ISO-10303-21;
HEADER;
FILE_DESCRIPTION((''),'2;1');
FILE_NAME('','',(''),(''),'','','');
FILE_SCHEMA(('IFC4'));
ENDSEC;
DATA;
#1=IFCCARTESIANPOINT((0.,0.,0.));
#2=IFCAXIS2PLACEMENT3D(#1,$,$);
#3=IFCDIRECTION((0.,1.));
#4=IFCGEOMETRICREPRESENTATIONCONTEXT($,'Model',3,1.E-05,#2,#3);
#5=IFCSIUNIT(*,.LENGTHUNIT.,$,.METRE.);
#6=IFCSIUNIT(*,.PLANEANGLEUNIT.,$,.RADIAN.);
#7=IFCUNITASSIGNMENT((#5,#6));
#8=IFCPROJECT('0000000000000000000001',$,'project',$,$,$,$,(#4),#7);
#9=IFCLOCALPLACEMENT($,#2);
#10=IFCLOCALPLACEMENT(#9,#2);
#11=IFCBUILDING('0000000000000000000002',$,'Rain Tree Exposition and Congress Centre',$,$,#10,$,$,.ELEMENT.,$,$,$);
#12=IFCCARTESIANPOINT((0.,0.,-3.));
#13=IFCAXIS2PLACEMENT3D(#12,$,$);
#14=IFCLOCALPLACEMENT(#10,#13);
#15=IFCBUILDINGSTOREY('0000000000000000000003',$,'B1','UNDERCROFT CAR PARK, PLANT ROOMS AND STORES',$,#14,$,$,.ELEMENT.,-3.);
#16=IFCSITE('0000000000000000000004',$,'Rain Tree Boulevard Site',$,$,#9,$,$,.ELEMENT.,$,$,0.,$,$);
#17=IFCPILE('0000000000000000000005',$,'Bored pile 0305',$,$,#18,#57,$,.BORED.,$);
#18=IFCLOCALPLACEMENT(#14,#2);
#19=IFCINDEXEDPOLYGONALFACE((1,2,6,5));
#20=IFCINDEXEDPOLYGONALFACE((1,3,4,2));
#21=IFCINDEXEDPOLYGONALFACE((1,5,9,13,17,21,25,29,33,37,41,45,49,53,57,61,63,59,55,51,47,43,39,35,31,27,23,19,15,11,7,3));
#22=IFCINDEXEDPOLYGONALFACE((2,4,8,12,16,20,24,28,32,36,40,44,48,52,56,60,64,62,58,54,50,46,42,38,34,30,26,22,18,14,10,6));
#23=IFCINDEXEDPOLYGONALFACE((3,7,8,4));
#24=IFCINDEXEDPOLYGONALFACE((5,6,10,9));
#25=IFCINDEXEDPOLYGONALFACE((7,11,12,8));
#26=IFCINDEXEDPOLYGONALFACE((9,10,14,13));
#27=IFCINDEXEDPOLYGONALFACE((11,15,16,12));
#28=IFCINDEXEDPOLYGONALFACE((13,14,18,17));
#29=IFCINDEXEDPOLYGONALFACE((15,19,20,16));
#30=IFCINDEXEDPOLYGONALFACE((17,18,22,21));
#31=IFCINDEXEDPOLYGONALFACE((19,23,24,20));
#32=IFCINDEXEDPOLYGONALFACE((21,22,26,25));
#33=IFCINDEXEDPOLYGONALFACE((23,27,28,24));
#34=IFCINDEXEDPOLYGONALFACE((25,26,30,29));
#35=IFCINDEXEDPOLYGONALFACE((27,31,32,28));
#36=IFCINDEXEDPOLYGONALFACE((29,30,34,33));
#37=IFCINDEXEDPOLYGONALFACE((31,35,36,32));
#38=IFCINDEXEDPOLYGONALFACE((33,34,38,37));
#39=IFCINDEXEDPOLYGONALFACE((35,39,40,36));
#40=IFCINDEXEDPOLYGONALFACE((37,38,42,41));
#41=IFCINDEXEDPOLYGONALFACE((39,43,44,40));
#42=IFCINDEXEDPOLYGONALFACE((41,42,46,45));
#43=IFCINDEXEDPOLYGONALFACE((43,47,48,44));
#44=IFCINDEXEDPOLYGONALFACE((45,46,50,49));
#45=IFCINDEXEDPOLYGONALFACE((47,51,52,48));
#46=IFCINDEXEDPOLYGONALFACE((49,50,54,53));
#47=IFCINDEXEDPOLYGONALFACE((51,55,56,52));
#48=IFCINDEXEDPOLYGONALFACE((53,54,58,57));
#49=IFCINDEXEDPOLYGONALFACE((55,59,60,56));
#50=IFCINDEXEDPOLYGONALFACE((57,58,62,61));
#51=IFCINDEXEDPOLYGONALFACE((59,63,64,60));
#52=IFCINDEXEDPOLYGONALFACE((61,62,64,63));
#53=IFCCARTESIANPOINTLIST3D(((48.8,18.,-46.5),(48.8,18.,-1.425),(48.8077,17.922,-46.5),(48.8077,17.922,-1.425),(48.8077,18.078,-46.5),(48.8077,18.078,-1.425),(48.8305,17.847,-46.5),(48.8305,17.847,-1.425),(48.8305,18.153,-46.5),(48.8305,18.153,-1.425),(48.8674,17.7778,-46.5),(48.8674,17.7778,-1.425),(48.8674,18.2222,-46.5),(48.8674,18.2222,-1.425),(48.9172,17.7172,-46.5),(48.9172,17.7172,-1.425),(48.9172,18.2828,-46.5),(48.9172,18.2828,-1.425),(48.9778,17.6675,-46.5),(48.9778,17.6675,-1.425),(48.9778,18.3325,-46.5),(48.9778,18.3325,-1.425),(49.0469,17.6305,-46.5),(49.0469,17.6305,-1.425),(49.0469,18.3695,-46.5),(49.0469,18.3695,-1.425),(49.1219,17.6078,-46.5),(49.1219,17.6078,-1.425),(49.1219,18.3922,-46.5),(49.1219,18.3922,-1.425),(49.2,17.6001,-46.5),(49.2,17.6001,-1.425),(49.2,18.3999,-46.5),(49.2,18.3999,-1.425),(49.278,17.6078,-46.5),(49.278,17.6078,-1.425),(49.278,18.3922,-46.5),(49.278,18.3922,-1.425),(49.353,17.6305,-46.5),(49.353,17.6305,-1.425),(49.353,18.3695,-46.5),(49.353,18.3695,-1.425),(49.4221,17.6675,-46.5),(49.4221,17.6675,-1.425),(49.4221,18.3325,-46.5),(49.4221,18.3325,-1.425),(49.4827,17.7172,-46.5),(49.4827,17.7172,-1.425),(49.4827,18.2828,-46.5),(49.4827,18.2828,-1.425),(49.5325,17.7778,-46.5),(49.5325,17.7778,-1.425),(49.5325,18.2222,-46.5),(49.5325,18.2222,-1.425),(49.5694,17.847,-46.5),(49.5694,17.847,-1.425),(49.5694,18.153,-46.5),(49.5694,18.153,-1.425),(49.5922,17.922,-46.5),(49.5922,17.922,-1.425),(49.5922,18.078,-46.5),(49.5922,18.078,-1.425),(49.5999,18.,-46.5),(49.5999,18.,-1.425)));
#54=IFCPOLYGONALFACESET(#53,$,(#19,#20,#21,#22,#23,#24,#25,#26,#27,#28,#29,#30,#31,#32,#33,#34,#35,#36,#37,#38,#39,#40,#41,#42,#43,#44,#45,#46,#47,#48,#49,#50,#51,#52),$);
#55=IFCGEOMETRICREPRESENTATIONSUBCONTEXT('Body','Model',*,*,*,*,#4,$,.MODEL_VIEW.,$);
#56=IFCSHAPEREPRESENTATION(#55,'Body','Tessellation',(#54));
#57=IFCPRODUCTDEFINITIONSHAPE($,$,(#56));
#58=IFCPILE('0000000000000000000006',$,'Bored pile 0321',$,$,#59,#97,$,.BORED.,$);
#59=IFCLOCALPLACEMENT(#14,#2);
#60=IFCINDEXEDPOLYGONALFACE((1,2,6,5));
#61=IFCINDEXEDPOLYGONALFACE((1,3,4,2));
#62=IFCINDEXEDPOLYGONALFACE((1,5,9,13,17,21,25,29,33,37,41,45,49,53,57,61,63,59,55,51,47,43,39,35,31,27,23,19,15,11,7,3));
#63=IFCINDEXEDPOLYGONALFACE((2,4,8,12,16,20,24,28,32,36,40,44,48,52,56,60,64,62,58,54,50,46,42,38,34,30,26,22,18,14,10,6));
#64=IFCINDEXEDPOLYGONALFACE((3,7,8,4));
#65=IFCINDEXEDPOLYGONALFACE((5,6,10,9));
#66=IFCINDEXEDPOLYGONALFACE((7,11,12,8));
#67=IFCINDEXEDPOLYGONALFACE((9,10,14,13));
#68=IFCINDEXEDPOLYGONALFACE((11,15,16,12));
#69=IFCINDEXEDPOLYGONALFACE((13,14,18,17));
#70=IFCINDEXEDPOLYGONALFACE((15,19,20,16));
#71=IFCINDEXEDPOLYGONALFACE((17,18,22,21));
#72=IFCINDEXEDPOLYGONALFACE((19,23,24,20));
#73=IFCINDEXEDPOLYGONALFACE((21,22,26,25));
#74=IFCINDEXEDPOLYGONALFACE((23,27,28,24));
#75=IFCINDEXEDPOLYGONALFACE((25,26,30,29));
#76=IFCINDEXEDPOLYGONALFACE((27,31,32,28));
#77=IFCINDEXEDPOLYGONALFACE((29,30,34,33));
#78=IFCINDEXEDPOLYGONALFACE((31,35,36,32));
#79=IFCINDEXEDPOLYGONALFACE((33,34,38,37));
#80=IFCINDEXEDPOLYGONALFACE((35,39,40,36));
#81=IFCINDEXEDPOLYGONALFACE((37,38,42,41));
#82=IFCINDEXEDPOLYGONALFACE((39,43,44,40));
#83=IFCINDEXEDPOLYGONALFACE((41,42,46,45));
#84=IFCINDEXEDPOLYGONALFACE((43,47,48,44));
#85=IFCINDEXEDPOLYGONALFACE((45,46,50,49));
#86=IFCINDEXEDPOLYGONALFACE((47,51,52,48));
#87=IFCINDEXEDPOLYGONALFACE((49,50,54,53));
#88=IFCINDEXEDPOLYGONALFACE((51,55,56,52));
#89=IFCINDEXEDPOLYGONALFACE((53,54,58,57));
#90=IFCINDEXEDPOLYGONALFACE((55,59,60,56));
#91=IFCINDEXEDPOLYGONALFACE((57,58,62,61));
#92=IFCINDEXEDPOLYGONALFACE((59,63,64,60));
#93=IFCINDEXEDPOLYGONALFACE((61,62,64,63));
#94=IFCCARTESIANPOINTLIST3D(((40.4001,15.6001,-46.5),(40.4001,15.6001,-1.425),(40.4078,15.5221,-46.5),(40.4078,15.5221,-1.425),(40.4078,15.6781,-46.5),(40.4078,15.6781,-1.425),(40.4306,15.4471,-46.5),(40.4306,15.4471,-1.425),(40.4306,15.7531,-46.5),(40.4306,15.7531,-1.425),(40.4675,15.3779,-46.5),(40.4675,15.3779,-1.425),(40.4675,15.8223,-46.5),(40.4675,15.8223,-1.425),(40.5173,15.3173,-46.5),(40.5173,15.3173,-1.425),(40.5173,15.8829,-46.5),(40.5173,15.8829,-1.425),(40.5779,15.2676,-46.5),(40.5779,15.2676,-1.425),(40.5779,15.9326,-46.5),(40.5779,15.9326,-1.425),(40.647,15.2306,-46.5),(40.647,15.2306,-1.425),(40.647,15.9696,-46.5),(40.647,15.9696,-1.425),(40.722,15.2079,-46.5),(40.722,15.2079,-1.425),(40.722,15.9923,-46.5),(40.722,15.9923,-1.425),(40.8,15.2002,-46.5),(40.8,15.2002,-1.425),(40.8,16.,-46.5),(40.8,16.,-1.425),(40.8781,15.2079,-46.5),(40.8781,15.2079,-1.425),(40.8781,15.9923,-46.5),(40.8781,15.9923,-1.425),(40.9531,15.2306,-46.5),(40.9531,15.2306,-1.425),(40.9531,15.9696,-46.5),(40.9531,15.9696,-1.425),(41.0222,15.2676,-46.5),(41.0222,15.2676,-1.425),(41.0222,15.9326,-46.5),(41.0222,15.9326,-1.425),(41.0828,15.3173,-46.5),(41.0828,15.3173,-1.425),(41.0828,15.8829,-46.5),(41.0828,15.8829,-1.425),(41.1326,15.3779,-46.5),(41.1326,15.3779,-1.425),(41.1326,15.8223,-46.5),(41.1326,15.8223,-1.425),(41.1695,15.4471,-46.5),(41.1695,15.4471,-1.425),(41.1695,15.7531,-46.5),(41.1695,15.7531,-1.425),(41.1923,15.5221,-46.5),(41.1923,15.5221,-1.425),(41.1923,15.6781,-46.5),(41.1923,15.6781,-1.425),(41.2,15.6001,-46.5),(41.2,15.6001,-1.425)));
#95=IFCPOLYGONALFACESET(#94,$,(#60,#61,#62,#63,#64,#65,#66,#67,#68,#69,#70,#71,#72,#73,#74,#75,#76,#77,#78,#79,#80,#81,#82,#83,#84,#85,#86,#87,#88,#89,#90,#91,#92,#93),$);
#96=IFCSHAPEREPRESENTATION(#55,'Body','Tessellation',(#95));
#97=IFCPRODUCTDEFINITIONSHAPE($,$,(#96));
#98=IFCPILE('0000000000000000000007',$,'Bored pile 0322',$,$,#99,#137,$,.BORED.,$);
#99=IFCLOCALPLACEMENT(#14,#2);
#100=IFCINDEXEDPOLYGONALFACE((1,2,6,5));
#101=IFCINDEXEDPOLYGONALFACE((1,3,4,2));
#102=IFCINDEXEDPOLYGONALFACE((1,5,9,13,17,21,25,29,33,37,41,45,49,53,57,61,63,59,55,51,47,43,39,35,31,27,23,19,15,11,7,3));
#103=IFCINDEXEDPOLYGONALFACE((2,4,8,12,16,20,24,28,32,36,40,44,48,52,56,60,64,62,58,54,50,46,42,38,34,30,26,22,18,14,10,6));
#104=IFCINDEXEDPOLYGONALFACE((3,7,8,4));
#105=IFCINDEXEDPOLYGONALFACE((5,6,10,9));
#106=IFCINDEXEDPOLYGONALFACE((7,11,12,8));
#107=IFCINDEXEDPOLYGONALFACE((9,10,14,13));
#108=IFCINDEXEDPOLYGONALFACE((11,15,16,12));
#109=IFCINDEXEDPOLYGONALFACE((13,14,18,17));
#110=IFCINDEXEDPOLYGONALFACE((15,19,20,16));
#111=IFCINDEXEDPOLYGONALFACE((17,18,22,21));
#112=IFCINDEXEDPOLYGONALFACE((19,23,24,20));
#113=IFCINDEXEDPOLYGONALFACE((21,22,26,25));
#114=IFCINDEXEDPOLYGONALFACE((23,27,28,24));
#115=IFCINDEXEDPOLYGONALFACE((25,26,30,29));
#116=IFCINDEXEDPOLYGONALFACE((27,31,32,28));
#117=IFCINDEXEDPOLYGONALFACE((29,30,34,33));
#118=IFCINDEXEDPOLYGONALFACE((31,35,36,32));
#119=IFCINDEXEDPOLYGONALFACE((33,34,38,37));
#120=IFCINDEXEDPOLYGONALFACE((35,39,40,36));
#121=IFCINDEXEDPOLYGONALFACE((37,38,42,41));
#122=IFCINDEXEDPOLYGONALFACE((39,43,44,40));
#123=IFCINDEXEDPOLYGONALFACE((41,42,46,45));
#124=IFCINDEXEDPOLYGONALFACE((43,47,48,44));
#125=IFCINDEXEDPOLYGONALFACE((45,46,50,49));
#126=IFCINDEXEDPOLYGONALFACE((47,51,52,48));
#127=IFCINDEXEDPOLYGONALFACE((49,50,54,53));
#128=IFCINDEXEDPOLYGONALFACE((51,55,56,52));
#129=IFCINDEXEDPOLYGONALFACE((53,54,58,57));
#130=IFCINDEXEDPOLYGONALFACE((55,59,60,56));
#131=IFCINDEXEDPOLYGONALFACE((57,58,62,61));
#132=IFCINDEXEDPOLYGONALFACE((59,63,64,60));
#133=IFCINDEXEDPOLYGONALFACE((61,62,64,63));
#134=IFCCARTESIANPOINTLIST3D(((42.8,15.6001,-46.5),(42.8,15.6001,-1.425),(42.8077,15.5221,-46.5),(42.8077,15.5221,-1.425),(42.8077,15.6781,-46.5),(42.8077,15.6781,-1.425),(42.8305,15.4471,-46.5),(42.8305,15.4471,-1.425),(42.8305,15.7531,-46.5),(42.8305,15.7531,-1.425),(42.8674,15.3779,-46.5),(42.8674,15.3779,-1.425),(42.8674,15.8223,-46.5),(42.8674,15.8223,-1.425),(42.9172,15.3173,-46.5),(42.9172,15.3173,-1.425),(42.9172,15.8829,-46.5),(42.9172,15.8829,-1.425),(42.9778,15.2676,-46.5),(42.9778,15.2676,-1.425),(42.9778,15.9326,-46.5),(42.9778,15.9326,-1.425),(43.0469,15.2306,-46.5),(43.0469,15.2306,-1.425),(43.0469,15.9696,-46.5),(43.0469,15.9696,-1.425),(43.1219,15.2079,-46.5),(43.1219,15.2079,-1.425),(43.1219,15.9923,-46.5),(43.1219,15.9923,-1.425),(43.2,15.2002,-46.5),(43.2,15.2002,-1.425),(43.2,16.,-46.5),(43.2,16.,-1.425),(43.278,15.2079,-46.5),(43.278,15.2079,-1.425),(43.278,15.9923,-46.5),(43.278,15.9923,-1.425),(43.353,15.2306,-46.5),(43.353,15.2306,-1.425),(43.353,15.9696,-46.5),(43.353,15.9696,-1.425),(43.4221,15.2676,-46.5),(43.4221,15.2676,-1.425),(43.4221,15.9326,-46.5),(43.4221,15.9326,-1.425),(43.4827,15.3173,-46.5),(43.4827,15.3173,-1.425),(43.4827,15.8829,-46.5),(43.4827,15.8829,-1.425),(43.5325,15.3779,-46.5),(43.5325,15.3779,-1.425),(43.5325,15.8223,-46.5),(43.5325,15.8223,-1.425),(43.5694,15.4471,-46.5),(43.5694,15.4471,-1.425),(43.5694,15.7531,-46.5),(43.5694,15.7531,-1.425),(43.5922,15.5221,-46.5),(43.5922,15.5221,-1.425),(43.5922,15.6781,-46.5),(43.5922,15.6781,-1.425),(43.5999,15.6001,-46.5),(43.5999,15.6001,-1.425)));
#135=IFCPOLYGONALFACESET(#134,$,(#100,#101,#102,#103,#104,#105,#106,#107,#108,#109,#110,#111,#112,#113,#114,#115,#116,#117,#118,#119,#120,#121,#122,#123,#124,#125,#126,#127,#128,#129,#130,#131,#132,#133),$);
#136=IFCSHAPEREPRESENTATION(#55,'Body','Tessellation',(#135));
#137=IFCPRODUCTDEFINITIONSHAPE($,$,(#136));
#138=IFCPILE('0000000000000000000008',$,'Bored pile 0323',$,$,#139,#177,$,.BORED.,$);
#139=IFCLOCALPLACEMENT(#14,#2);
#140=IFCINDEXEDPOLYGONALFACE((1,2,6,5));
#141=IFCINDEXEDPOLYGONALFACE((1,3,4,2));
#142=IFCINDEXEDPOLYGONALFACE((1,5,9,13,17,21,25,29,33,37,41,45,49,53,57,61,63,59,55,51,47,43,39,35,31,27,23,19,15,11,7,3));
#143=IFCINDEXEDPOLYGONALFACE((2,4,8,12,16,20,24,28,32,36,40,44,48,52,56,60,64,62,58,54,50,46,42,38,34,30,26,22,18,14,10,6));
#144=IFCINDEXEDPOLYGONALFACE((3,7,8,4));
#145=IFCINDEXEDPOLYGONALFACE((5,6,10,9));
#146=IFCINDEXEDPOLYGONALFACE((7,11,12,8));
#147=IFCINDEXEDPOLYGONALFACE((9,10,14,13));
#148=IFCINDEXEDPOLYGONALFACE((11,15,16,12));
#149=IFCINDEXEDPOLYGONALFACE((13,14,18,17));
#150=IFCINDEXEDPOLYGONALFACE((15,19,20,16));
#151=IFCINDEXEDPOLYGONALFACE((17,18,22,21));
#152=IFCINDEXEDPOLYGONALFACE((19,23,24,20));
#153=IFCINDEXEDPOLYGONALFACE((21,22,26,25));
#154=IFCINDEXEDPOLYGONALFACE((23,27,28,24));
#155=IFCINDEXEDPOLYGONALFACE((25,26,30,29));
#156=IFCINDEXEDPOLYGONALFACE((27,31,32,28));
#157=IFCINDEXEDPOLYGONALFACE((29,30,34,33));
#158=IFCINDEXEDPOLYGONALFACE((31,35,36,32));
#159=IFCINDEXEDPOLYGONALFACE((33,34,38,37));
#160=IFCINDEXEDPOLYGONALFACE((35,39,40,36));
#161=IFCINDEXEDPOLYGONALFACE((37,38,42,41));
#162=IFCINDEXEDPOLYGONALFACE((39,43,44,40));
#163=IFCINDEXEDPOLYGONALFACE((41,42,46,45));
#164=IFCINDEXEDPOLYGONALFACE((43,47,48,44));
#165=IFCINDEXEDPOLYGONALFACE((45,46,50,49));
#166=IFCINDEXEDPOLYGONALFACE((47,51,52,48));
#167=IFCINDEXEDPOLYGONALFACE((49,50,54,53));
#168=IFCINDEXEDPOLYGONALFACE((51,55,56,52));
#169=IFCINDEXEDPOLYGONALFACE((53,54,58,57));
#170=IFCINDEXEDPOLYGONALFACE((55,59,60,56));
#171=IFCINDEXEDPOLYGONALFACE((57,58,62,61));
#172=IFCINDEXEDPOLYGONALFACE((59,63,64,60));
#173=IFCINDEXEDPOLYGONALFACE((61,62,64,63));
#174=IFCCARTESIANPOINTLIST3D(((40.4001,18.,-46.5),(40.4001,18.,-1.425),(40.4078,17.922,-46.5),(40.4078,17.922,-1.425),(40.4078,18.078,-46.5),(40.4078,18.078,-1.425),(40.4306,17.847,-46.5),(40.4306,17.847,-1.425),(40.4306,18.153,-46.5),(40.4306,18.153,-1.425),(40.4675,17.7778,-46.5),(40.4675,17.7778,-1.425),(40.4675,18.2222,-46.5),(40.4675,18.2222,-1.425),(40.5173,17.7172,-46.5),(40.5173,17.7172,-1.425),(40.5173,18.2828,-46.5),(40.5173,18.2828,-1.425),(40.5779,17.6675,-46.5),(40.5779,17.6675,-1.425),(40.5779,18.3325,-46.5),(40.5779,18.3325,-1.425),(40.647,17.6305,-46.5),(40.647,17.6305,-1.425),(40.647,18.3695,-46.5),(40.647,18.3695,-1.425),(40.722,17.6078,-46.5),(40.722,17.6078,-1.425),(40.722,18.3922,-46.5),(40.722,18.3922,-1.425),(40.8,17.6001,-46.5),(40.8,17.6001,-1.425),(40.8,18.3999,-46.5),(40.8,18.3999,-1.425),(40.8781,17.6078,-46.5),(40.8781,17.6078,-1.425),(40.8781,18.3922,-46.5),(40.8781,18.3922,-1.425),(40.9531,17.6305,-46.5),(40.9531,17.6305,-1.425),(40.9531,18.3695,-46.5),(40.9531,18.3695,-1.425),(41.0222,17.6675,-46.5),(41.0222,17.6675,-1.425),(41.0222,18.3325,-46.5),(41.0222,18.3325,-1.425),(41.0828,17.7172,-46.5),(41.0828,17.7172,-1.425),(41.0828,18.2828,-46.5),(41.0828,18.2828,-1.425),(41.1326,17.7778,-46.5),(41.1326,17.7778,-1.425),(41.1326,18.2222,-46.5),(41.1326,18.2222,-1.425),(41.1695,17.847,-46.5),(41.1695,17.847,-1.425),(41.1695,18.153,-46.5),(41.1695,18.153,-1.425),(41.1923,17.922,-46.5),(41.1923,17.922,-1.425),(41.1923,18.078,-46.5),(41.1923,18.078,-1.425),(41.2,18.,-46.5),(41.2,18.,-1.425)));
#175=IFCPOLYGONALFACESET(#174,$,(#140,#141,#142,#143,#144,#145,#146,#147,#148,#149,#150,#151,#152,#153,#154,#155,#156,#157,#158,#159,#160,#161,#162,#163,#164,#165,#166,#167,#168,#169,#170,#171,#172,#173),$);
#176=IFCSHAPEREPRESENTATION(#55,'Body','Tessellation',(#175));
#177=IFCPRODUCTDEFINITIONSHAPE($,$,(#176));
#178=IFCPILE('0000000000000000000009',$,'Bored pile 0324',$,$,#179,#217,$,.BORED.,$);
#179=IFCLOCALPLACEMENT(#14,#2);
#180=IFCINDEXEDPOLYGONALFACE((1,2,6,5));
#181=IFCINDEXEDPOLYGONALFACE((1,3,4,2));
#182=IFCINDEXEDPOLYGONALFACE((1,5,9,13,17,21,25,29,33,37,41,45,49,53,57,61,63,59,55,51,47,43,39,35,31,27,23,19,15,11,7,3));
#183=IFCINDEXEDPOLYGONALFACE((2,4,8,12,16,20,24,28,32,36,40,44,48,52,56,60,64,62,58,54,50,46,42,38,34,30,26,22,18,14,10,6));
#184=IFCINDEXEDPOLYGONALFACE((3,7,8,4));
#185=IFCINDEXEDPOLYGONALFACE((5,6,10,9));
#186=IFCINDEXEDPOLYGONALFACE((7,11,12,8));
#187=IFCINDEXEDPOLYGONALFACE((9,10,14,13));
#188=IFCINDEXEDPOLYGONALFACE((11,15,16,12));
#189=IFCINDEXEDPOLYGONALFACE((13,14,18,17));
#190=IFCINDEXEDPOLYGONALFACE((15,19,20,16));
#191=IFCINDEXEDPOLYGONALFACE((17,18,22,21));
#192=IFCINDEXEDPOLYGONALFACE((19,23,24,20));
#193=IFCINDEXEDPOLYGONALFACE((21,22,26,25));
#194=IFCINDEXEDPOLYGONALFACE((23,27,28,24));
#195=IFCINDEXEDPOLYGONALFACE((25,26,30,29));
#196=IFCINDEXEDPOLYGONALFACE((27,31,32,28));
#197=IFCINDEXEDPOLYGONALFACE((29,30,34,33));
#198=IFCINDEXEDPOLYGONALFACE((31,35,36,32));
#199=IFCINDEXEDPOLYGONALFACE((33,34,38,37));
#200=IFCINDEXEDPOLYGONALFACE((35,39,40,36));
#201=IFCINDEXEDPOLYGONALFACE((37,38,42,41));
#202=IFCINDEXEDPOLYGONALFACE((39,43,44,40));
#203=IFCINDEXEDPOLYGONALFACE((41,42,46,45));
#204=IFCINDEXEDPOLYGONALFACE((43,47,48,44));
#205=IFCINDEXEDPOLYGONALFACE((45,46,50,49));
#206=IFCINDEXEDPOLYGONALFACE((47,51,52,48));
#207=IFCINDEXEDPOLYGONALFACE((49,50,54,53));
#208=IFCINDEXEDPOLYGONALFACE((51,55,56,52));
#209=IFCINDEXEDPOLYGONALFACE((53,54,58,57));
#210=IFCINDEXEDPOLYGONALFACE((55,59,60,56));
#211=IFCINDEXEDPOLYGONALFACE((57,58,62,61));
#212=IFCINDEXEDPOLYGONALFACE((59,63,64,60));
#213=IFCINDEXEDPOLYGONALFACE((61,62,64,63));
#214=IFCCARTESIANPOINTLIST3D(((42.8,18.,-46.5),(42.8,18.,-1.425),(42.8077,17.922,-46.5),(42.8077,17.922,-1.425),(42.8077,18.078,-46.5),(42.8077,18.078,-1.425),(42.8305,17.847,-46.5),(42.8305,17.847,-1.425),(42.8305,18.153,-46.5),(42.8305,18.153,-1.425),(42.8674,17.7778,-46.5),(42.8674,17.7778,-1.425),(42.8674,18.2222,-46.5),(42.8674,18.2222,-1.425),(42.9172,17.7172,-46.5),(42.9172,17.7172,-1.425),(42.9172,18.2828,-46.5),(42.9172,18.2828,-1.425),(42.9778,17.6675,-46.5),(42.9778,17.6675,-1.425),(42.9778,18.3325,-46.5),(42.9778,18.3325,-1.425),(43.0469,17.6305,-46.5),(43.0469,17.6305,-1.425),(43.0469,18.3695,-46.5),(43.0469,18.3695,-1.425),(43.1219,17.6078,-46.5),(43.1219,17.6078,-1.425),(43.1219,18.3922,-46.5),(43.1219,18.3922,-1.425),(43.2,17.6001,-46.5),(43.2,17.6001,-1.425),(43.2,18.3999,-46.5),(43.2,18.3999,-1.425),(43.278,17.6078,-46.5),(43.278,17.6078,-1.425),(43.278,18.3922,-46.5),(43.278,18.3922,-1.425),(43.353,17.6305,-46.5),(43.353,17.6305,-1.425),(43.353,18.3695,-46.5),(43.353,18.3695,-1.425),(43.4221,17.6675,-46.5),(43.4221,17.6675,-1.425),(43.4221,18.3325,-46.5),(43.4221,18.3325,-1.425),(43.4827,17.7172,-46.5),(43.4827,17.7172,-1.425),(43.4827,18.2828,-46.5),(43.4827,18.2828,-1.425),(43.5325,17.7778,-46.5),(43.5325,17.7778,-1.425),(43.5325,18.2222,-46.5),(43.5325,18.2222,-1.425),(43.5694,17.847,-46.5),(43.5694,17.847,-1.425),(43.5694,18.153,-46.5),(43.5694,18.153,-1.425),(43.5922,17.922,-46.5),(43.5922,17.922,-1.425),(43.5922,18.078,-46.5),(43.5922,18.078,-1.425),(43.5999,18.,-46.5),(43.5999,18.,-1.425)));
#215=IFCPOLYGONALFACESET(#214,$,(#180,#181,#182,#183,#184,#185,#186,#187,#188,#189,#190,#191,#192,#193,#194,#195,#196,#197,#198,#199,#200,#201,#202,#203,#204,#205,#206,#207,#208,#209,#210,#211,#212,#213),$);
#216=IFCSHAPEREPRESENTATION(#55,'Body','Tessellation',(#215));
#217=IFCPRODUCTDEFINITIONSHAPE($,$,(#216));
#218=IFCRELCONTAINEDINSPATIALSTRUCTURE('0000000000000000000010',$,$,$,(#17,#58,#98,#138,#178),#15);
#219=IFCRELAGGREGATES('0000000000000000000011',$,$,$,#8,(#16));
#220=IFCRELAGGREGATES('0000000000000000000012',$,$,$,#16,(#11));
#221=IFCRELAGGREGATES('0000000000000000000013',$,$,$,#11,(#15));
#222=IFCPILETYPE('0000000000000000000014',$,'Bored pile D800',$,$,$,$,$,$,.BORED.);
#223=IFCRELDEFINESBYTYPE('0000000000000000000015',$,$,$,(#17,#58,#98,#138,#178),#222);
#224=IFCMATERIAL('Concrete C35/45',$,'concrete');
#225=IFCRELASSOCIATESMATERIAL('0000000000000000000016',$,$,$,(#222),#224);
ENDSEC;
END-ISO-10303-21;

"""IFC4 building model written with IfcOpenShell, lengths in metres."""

from ifc_helpers import new_model, si_unit, direction, frame, origin, origin_2d, place, context, subcontext, project, spatial, circle, extrude, material, material_profile, profile_set, type_object, element, save


model = new_model("IFC4")

# Units and contexts
model_context = context("Model", 3, precision=1e-05, world=origin(), true_north=direction((0.0, 1.0)))
body_context = subcontext(model_context, "Body", "Model", "MODEL_VIEW")
ifc_project = project(units=[si_unit("LENGTHUNIT", "METRE"), si_unit("PLANEANGLEUNIT", "RADIAN")], contexts=[model_context])

# Site, building, storey
site_placement = place(None, origin())
site = spatial("IfcSite", under=ifc_project, at=site_placement, Name="Rain Tree Boulevard Site", CompositionType="ELEMENT", RefElevation=0.0)
building_placement = place(site_placement, origin())
building = spatial("IfcBuilding", under=site, at=building_placement, Name="Rain Tree Exposition and Congress Centre", CompositionType="ELEMENT")
storey_placement = place(building_placement, frame((0.0, 0.0, -3.0)))
storey = spatial("IfcBuildingStorey", under=building, at=storey_placement, Name="B1", Description="UNDERCROFT CAR PARK, PLANT ROOMS AND STORES", CompositionType="ELEMENT", Elevation=-3.0)

# Piles
ifc_material_1 = material(Name="Concrete C35/45", Category="concrete")
ifc_material_profile_1 = material_profile(ifc_material_1, circle(Radius=0.3999, at=origin_2d()), Name="D800")
ifc_profile_set_1 = profile_set([ifc_material_profile_1], Name="Concrete C35/45")
pile_type = type_object("IfcPileType", Name="Bored pile D800", PredefinedType="BORED", material=ifc_profile_set_1)
for number, where, z_axis, x_axis, name in (
    (1, (49.2, 18.0, -1.425), (0.0, 0.0, -1.0), (1.0, 0.0, 0.0), "Bored pile 0305"),
    (2, (40.8, 15.6001, -1.425), (0.0, 0.0, -1.0), (1.0, 0.0, 0.0), "Bored pile 0321"),
    (3, (43.2, 15.6001, -1.425), (0.0, 0.0, -1.0), (1.0, 0.0, 0.0), "Bored pile 0322"),
    (4, (40.8, 18.0, -1.425), (0.0, 0.0, -1.0), (1.0, 0.0, 0.0), "Bored pile 0323"),
    (5, (43.2, 18.0, -1.425), (0.0, 0.0, -1.0), (1.0, 0.0, 0.0), "Bored pile 0324"),
):
    element("IfcPile", number, at=place(storey_placement, frame(where, z_axis=z_axis, x_axis=x_axis)), inside=storey, type_object=pile_type, Name=name, PredefinedType="BORED", context=body_context, shape_type="SweptSolid", body=[
        extrude(circle(Radius=0.3999, at=origin_2d()), origin(), (0.0, 0.0, 1.0), 45.075),
    ])

save(model, "model.ifc")
